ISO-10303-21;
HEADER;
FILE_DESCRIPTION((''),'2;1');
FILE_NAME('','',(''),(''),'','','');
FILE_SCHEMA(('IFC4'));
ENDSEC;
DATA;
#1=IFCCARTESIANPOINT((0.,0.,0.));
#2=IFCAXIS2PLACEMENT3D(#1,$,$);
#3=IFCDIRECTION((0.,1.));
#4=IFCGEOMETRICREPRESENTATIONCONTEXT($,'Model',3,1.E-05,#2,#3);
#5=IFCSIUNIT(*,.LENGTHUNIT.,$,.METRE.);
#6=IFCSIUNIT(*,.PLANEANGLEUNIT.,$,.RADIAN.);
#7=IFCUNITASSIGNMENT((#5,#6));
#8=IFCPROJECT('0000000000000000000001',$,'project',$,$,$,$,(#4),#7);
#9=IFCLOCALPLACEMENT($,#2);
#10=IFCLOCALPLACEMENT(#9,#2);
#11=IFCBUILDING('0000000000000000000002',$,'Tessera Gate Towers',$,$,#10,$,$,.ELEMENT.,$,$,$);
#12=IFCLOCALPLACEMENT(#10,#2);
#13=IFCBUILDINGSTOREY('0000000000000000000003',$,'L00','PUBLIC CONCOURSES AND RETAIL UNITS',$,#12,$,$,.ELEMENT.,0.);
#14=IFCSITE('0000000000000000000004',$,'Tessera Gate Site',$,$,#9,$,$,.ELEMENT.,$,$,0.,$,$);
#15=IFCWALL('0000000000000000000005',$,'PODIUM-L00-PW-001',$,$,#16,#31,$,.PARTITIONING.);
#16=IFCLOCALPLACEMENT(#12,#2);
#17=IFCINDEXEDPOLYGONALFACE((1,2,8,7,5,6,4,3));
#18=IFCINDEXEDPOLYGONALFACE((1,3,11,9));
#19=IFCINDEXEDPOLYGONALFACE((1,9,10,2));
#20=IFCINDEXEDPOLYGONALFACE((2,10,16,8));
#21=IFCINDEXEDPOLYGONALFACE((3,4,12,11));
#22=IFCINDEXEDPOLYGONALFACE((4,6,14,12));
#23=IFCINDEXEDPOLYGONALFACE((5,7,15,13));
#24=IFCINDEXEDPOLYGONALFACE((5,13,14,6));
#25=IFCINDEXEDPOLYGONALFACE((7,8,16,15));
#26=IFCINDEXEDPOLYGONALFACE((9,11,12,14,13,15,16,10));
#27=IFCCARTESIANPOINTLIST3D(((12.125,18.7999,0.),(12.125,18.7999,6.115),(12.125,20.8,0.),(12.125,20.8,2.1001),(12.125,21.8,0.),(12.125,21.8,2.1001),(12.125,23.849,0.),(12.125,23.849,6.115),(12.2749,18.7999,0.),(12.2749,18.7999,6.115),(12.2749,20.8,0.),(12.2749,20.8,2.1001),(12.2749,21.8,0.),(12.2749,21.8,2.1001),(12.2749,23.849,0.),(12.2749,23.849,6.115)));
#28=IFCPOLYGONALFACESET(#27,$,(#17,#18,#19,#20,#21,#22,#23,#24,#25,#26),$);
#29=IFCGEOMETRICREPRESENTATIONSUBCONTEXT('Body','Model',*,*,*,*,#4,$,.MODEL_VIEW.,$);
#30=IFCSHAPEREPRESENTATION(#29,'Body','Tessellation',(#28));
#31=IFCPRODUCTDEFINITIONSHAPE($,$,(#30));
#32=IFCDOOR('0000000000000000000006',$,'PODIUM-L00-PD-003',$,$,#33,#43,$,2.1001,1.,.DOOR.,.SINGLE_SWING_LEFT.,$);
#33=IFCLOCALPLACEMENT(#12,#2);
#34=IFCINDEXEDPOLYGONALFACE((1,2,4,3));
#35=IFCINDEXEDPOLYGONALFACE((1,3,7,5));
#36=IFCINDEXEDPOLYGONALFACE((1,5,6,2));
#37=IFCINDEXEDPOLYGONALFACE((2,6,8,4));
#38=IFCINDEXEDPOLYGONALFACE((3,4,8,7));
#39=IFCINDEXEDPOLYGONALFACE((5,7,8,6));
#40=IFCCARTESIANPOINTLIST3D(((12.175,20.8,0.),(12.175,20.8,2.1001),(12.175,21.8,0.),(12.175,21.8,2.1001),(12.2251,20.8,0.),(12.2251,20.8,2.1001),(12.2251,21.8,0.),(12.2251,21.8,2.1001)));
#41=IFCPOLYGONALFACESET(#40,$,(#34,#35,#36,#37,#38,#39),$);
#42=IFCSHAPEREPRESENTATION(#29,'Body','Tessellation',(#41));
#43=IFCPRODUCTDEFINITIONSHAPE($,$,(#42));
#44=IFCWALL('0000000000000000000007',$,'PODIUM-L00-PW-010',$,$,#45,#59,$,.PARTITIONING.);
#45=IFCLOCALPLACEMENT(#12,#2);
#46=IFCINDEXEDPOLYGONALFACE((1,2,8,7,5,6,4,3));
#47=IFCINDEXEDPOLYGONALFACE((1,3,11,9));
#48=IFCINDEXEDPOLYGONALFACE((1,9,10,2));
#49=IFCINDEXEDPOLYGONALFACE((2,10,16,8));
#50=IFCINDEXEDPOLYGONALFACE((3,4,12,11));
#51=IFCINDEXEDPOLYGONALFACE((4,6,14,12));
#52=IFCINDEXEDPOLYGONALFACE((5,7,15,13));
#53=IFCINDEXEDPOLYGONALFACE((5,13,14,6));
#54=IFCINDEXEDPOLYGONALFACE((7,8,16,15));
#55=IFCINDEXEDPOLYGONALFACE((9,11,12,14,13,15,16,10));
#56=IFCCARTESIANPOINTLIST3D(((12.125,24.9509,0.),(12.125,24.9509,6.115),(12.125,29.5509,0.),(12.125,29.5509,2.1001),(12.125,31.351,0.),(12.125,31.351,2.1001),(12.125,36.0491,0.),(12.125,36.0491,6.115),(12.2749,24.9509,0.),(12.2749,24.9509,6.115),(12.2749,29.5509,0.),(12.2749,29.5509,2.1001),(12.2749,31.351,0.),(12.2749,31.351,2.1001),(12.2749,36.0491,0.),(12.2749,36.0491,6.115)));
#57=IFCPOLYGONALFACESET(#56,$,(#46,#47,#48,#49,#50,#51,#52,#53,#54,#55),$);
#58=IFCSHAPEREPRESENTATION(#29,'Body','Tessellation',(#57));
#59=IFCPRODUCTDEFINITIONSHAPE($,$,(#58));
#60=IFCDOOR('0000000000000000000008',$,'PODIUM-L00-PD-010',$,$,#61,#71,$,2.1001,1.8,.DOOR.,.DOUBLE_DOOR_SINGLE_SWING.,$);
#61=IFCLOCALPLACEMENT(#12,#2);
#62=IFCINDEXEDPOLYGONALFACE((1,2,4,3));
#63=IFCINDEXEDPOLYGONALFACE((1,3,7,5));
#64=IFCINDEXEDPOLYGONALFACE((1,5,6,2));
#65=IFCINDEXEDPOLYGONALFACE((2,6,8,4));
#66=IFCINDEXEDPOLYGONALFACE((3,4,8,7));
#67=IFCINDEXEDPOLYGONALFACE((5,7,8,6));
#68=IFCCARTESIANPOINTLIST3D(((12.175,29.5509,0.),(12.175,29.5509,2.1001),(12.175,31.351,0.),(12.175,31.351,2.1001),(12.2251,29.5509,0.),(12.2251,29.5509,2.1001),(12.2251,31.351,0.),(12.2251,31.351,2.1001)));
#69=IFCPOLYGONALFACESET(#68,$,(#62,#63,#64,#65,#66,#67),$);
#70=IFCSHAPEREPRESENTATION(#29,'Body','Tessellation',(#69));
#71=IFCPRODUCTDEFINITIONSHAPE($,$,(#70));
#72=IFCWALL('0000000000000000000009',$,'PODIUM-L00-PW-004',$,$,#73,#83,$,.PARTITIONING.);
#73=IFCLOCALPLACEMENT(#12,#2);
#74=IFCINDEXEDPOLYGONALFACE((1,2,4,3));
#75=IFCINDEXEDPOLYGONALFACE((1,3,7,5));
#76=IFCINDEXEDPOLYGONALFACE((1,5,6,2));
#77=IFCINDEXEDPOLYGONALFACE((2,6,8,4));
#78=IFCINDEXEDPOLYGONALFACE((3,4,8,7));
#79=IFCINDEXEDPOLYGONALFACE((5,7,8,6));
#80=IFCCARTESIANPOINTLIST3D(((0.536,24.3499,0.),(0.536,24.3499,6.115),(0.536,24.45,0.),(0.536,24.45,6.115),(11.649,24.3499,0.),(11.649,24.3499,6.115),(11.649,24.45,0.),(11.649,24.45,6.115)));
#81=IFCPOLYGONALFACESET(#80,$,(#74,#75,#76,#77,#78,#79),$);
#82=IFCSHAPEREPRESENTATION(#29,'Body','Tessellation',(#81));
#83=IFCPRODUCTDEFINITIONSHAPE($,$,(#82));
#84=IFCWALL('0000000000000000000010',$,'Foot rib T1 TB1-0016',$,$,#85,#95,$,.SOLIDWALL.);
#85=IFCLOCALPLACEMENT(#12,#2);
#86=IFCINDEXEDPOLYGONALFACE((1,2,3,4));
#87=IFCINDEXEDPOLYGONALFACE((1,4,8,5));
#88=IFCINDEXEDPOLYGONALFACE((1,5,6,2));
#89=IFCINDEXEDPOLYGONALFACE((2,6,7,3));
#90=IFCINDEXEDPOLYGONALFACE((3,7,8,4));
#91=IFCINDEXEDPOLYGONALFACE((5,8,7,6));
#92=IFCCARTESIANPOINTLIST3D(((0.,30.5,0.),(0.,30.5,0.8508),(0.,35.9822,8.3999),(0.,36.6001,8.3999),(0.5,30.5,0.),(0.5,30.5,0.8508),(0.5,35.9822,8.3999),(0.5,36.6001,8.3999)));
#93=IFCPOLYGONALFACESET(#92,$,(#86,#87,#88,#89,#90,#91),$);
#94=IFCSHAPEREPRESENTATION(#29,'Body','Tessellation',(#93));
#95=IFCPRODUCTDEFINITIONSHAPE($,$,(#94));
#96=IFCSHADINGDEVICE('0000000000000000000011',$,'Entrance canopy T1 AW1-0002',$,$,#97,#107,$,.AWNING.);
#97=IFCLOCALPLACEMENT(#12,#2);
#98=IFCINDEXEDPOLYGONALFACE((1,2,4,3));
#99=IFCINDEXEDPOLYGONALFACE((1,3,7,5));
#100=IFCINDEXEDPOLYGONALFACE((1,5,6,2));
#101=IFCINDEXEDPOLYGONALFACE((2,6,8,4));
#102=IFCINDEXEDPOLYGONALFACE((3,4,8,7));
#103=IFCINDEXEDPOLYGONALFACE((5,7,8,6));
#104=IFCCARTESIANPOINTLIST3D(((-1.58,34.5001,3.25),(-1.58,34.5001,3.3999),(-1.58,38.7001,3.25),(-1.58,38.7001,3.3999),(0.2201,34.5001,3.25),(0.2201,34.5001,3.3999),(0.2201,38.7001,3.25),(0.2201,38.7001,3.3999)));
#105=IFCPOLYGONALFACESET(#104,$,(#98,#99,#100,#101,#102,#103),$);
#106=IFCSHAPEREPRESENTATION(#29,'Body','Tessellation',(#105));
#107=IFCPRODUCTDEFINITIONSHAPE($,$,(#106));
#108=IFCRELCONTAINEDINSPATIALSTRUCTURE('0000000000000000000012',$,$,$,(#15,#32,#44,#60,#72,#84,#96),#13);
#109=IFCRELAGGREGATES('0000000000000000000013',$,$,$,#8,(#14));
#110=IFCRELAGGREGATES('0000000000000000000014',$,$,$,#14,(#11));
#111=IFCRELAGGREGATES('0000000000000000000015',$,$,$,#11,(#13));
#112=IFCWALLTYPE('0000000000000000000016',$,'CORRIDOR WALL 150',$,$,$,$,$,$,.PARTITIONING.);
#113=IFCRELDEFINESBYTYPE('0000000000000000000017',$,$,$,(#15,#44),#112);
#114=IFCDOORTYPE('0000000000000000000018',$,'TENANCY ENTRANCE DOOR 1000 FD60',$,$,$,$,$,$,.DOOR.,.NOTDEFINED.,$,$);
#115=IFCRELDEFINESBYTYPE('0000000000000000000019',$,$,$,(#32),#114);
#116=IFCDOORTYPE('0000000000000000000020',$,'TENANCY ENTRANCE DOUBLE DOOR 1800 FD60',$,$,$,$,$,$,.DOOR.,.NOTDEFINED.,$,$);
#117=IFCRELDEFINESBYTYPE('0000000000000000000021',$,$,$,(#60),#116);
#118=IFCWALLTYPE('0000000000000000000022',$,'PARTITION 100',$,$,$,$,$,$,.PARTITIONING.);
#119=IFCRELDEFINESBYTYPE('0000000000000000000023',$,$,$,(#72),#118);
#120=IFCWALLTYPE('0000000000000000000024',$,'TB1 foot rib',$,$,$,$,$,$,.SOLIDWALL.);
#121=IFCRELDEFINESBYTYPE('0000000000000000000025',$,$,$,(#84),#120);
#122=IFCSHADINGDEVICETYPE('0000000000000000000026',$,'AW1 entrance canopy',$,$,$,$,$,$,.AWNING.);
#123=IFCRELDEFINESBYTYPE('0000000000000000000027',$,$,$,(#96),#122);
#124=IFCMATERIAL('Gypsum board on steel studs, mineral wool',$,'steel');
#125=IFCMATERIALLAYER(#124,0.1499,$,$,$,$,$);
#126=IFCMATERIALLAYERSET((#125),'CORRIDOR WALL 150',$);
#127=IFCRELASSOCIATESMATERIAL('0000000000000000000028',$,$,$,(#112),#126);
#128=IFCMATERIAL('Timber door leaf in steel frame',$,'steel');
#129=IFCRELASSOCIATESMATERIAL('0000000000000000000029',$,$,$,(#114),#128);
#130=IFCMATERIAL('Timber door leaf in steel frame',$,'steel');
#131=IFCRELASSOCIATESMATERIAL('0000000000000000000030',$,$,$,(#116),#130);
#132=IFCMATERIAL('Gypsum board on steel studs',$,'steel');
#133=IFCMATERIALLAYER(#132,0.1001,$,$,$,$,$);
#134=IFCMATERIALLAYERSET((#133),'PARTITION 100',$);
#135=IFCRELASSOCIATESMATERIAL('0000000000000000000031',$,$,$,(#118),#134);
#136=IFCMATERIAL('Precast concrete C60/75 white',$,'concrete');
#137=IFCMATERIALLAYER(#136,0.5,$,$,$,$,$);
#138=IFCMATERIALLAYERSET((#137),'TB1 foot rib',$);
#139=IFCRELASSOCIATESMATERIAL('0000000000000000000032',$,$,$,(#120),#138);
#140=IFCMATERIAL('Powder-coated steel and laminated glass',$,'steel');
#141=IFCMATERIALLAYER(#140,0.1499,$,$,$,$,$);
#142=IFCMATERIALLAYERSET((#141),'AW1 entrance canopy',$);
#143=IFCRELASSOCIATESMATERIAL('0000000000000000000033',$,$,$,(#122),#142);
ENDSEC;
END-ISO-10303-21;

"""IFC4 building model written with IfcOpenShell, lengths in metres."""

from ifc_helpers import new_model, si_unit, direction, frame, frame_2d, origin, origin_2d, place, context, subcontext, project, spatial, polyline, rectangle, outline, extrude, source, transform, mapped, material, layer, layer_set, type_object, element, fill, save


model = new_model("IFC4")

# Units and contexts
model_context = context("Model", 3, precision=1e-05, world=origin(), true_north=direction((0.0, 1.0)))
body_context = subcontext(model_context, "Body", "Model", "MODEL_VIEW")
ifc_project = project(units=[si_unit("LENGTHUNIT", "METRE"), si_unit("PLANEANGLEUNIT", "RADIAN")], contexts=[model_context])

# Site, building, storey
site_placement = place(None, origin())
site = spatial("IfcSite", under=ifc_project, at=site_placement, Name="Tessera Gate Site", CompositionType="ELEMENT", RefElevation=0.0)
building_placement = place(site_placement, origin())
building = spatial("IfcBuilding", under=site, at=building_placement, Name="Tessera Gate Towers", CompositionType="ELEMENT")
storey_placement = place(building_placement, origin())
storey = spatial("IfcBuildingStorey", under=building, at=storey_placement, Name="L00", Description="PUBLIC CONCOURSES AND RETAIL UNITS", CompositionType="ELEMENT", Elevation=0.0)

# Walls, openings, doors
ifc_material_1 = material(Name="Gypsum board on steel studs, mineral wool", Category="steel")
ifc_layer_1 = layer(ifc_material_1, 0.1499)
ifc_layer_set_1 = layer_set([ifc_layer_1], Name="CORRIDOR WALL 150")
wall_type_1 = type_object("IfcWallType", Name="CORRIDOR WALL 150", PredefinedType="PARTITIONING", material=ifc_layer_set_1)
wall_1_placement = place(storey_placement, frame((12.2, 18.8, 0.0), z_axis=(0.0, 0.0, 1.0), x_axis=(0.0, 1.0, 0.0)))
wall_1 = element("IfcWall", 1, at=wall_1_placement, inside=storey, type_object=wall_type_1, Name="PODIUM-L00-PW-001", PredefinedType="PARTITIONING", context=body_context, shape_type="SweptSolid", body=[
    extrude(rectangle(XDim=5.0491, YDim=0.1499, at=frame_2d((2.5244, 0.0))), origin(), (0.0, 0.0, 1.0), 6.115),
])
shared_shape_1 = source(origin(), body_context, "Body", "SweptSolid", [
    extrude(rectangle(XDim=1.0, YDim=2.1001, at=frame_2d((0.5, 1.05))), frame((0.0, 0.085, 0.0), z_axis=(0.0, -1.0, 0.0), x_axis=(1.0, 0.0, 0.0)), (0.0, 0.0, 1.0), 0.1699),
])
opening_1_placement = place(wall_1_placement, frame((2.0, 0.0, 0.0)))
opening_1 = element("IfcOpeningElement", 2, at=opening_1_placement, cuts=wall_1, PredefinedType="OPENING", context=body_context, shape_type="MappedRepresentation", body=[
    mapped(shared_shape_1, transform((0.0, 0.0, 0.0), scale=1.0)),
])
ifc_material_2 = material(Name="Timber door leaf in steel frame", Category="steel")
door_type_1 = type_object("IfcDoorType", Name="TENANCY ENTRANCE DOOR 1000 FD60", OperationType="NOTDEFINED", PredefinedType="DOOR", material=ifc_material_2)
shared_shape_2 = source(origin(), body_context, "Body", "SweptSolid", [
    extrude(rectangle(XDim=1.0, YDim=2.1001, at=frame_2d((0.5, 1.05))), frame((0.0, 0.0249, 0.0), z_axis=(0.0, -1.0, 0.0), x_axis=(1.0, 0.0, 0.0)), (0.0, 0.0, 1.0), 0.05),
])
door_1_placement = place(opening_1_placement, origin())
door_1 = element("IfcDoor", 3, at=door_1_placement, inside=storey, type_object=door_type_1, Name="PODIUM-L00-PD-003", OperationType="SINGLE_SWING_LEFT", OverallHeight=2.1001, OverallWidth=1.0, PredefinedType="DOOR", context=body_context, shape_type="MappedRepresentation", body=[
    mapped(shared_shape_2, transform((0.0, 0.0, 0.0), scale=1.0)),
])
fill(opening_1, door_1)
wall_2_placement = place(storey_placement, frame((12.2, 24.9509, 0.0), z_axis=(0.0, 0.0, 1.0), x_axis=(0.0, 1.0, 0.0)))
wall_2 = element("IfcWall", 4, at=wall_2_placement, inside=storey, type_object=wall_type_1, Name="PODIUM-L00-PW-010", PredefinedType="PARTITIONING", context=body_context, shape_type="SweptSolid", body=[
    extrude(rectangle(XDim=11.0981, YDim=0.1499, at=frame_2d((5.5491, 0.0))), origin(), (0.0, 0.0, 1.0), 6.115),
])
shared_shape_3 = source(origin(), body_context, "Body", "SweptSolid", [
    extrude(rectangle(XDim=1.8, YDim=2.1001, at=frame_2d((0.8999, 1.05))), frame((0.0, 0.085, 0.0), z_axis=(0.0, -1.0, 0.0), x_axis=(1.0, 0.0, 0.0)), (0.0, 0.0, 1.0), 0.1699),
])
opening_2_placement = place(wall_2_placement, frame((4.6001, 0.0, 0.0)))
opening_2 = element("IfcOpeningElement", 5, at=opening_2_placement, cuts=wall_2, PredefinedType="OPENING", context=body_context, shape_type="MappedRepresentation", body=[
    mapped(shared_shape_3, transform((0.0, 0.0, 0.0), scale=1.0)),
])
ifc_material_3 = material(Name="Timber door leaf in steel frame", Category="steel")
door_type_2 = type_object("IfcDoorType", Name="TENANCY ENTRANCE DOUBLE DOOR 1800 FD60", OperationType="NOTDEFINED", PredefinedType="DOOR", material=ifc_material_3)
shared_shape_4 = source(origin(), body_context, "Body", "SweptSolid", [
    extrude(rectangle(XDim=1.8, YDim=2.1001, at=frame_2d((0.8999, 1.05))), frame((0.0, 0.0249, 0.0), z_axis=(0.0, -1.0, 0.0), x_axis=(1.0, 0.0, 0.0)), (0.0, 0.0, 1.0), 0.05),
])
door_2_placement = place(opening_2_placement, origin())
door_2 = element("IfcDoor", 6, at=door_2_placement, inside=storey, type_object=door_type_2, Name="PODIUM-L00-PD-010", OperationType="DOUBLE_DOOR_SINGLE_SWING", OverallHeight=2.1001, OverallWidth=1.8, PredefinedType="DOOR", context=body_context, shape_type="MappedRepresentation", body=[
    mapped(shared_shape_4, transform((0.0, 0.0, 0.0), scale=1.0)),
])
fill(opening_2, door_2)

# Walls
ifc_material_4 = material(Name="Gypsum board on steel studs", Category="steel")
ifc_layer_2 = layer(ifc_material_4, 0.1001)
ifc_layer_set_2 = layer_set([ifc_layer_2], Name="PARTITION 100")
wall_type_2 = type_object("IfcWallType", Name="PARTITION 100", PredefinedType="PARTITIONING", material=ifc_layer_set_2)
wall_3_placement = place(storey_placement, frame((0.5359, 24.3999, 0.0), z_axis=(0.0, 0.0, 1.0), x_axis=(1.0, 0.0, 0.0)))
element("IfcWall", 7, at=wall_3_placement, inside=storey, type_object=wall_type_2, Name="PODIUM-L00-PW-004", PredefinedType="PARTITIONING", context=body_context, shape_type="SweptSolid", body=[
    extrude(rectangle(XDim=11.113, YDim=0.1001, at=frame_2d((5.5566, 0.0))), origin(), (0.0, 0.0, 1.0), 6.115),
])
ifc_material_5 = material(Name="Precast concrete C60/75 white", Category="concrete")
ifc_layer_3 = layer(ifc_material_5, 0.5)
ifc_layer_set_3 = layer_set([ifc_layer_3], Name="TB1 foot rib")
wall_type_3 = type_object("IfcWallType", Name="TB1 foot rib", PredefinedType="SOLIDWALL", material=ifc_layer_set_3)
shared_shape_5 = source(origin(), body_context, "Body", "SweptSolid", [
    extrude(outline(polyline([(0.0, 8.3999), (6.1001, 0.0), (6.1001, 0.8508), (0.6179, 8.3999), (0.0, 8.3999)])), frame((0.0, 0.25, 0.0), z_axis=(0.0, -1.0, 0.0), x_axis=(1.0, 0.0, 0.0)), (0.0, 0.0, 1.0), 0.5),
])
wall_4_placement = place(storey_placement, frame((0.25, 36.6001, 0.0), z_axis=(0.0, 0.0, 1.0), x_axis=(0.0, -1.0, 0.0)))
element("IfcWall", 8, at=wall_4_placement, inside=storey, type_object=wall_type_3, Name="Foot rib T1 TB1-0016", PredefinedType="SOLIDWALL", context=body_context, shape_type="MappedRepresentation", body=[
    mapped(shared_shape_5, transform((0.0, 0.0, 0.0), scale=1.0)),
])

# Shading device
ifc_material_6 = material(Name="Powder-coated steel and laminated glass", Category="steel")
ifc_layer_4 = layer(ifc_material_6, 0.1499)
ifc_layer_set_4 = layer_set([ifc_layer_4], Name="AW1 entrance canopy")
shading_device_type = type_object("IfcShadingDeviceType", Name="AW1 entrance canopy", PredefinedType="AWNING", material=ifc_layer_set_4)
shading_device_placement = place(storey_placement, frame((-0.6799, 36.6001, 3.25), z_axis=(0.0, 0.0, 1.0), x_axis=(0.0, -1.0, 0.0)))
element("IfcShadingDevice", 9, at=shading_device_placement, inside=storey, type_object=shading_device_type, Name="Entrance canopy T1 AW1-0002", PredefinedType="AWNING", context=body_context, shape_type="SweptSolid", body=[
    extrude(rectangle(XDim=4.2, YDim=1.8, at=origin_2d()), origin(), (0.0, 0.0, 1.0), 0.1499),
])

save(model, "model.ifc")
